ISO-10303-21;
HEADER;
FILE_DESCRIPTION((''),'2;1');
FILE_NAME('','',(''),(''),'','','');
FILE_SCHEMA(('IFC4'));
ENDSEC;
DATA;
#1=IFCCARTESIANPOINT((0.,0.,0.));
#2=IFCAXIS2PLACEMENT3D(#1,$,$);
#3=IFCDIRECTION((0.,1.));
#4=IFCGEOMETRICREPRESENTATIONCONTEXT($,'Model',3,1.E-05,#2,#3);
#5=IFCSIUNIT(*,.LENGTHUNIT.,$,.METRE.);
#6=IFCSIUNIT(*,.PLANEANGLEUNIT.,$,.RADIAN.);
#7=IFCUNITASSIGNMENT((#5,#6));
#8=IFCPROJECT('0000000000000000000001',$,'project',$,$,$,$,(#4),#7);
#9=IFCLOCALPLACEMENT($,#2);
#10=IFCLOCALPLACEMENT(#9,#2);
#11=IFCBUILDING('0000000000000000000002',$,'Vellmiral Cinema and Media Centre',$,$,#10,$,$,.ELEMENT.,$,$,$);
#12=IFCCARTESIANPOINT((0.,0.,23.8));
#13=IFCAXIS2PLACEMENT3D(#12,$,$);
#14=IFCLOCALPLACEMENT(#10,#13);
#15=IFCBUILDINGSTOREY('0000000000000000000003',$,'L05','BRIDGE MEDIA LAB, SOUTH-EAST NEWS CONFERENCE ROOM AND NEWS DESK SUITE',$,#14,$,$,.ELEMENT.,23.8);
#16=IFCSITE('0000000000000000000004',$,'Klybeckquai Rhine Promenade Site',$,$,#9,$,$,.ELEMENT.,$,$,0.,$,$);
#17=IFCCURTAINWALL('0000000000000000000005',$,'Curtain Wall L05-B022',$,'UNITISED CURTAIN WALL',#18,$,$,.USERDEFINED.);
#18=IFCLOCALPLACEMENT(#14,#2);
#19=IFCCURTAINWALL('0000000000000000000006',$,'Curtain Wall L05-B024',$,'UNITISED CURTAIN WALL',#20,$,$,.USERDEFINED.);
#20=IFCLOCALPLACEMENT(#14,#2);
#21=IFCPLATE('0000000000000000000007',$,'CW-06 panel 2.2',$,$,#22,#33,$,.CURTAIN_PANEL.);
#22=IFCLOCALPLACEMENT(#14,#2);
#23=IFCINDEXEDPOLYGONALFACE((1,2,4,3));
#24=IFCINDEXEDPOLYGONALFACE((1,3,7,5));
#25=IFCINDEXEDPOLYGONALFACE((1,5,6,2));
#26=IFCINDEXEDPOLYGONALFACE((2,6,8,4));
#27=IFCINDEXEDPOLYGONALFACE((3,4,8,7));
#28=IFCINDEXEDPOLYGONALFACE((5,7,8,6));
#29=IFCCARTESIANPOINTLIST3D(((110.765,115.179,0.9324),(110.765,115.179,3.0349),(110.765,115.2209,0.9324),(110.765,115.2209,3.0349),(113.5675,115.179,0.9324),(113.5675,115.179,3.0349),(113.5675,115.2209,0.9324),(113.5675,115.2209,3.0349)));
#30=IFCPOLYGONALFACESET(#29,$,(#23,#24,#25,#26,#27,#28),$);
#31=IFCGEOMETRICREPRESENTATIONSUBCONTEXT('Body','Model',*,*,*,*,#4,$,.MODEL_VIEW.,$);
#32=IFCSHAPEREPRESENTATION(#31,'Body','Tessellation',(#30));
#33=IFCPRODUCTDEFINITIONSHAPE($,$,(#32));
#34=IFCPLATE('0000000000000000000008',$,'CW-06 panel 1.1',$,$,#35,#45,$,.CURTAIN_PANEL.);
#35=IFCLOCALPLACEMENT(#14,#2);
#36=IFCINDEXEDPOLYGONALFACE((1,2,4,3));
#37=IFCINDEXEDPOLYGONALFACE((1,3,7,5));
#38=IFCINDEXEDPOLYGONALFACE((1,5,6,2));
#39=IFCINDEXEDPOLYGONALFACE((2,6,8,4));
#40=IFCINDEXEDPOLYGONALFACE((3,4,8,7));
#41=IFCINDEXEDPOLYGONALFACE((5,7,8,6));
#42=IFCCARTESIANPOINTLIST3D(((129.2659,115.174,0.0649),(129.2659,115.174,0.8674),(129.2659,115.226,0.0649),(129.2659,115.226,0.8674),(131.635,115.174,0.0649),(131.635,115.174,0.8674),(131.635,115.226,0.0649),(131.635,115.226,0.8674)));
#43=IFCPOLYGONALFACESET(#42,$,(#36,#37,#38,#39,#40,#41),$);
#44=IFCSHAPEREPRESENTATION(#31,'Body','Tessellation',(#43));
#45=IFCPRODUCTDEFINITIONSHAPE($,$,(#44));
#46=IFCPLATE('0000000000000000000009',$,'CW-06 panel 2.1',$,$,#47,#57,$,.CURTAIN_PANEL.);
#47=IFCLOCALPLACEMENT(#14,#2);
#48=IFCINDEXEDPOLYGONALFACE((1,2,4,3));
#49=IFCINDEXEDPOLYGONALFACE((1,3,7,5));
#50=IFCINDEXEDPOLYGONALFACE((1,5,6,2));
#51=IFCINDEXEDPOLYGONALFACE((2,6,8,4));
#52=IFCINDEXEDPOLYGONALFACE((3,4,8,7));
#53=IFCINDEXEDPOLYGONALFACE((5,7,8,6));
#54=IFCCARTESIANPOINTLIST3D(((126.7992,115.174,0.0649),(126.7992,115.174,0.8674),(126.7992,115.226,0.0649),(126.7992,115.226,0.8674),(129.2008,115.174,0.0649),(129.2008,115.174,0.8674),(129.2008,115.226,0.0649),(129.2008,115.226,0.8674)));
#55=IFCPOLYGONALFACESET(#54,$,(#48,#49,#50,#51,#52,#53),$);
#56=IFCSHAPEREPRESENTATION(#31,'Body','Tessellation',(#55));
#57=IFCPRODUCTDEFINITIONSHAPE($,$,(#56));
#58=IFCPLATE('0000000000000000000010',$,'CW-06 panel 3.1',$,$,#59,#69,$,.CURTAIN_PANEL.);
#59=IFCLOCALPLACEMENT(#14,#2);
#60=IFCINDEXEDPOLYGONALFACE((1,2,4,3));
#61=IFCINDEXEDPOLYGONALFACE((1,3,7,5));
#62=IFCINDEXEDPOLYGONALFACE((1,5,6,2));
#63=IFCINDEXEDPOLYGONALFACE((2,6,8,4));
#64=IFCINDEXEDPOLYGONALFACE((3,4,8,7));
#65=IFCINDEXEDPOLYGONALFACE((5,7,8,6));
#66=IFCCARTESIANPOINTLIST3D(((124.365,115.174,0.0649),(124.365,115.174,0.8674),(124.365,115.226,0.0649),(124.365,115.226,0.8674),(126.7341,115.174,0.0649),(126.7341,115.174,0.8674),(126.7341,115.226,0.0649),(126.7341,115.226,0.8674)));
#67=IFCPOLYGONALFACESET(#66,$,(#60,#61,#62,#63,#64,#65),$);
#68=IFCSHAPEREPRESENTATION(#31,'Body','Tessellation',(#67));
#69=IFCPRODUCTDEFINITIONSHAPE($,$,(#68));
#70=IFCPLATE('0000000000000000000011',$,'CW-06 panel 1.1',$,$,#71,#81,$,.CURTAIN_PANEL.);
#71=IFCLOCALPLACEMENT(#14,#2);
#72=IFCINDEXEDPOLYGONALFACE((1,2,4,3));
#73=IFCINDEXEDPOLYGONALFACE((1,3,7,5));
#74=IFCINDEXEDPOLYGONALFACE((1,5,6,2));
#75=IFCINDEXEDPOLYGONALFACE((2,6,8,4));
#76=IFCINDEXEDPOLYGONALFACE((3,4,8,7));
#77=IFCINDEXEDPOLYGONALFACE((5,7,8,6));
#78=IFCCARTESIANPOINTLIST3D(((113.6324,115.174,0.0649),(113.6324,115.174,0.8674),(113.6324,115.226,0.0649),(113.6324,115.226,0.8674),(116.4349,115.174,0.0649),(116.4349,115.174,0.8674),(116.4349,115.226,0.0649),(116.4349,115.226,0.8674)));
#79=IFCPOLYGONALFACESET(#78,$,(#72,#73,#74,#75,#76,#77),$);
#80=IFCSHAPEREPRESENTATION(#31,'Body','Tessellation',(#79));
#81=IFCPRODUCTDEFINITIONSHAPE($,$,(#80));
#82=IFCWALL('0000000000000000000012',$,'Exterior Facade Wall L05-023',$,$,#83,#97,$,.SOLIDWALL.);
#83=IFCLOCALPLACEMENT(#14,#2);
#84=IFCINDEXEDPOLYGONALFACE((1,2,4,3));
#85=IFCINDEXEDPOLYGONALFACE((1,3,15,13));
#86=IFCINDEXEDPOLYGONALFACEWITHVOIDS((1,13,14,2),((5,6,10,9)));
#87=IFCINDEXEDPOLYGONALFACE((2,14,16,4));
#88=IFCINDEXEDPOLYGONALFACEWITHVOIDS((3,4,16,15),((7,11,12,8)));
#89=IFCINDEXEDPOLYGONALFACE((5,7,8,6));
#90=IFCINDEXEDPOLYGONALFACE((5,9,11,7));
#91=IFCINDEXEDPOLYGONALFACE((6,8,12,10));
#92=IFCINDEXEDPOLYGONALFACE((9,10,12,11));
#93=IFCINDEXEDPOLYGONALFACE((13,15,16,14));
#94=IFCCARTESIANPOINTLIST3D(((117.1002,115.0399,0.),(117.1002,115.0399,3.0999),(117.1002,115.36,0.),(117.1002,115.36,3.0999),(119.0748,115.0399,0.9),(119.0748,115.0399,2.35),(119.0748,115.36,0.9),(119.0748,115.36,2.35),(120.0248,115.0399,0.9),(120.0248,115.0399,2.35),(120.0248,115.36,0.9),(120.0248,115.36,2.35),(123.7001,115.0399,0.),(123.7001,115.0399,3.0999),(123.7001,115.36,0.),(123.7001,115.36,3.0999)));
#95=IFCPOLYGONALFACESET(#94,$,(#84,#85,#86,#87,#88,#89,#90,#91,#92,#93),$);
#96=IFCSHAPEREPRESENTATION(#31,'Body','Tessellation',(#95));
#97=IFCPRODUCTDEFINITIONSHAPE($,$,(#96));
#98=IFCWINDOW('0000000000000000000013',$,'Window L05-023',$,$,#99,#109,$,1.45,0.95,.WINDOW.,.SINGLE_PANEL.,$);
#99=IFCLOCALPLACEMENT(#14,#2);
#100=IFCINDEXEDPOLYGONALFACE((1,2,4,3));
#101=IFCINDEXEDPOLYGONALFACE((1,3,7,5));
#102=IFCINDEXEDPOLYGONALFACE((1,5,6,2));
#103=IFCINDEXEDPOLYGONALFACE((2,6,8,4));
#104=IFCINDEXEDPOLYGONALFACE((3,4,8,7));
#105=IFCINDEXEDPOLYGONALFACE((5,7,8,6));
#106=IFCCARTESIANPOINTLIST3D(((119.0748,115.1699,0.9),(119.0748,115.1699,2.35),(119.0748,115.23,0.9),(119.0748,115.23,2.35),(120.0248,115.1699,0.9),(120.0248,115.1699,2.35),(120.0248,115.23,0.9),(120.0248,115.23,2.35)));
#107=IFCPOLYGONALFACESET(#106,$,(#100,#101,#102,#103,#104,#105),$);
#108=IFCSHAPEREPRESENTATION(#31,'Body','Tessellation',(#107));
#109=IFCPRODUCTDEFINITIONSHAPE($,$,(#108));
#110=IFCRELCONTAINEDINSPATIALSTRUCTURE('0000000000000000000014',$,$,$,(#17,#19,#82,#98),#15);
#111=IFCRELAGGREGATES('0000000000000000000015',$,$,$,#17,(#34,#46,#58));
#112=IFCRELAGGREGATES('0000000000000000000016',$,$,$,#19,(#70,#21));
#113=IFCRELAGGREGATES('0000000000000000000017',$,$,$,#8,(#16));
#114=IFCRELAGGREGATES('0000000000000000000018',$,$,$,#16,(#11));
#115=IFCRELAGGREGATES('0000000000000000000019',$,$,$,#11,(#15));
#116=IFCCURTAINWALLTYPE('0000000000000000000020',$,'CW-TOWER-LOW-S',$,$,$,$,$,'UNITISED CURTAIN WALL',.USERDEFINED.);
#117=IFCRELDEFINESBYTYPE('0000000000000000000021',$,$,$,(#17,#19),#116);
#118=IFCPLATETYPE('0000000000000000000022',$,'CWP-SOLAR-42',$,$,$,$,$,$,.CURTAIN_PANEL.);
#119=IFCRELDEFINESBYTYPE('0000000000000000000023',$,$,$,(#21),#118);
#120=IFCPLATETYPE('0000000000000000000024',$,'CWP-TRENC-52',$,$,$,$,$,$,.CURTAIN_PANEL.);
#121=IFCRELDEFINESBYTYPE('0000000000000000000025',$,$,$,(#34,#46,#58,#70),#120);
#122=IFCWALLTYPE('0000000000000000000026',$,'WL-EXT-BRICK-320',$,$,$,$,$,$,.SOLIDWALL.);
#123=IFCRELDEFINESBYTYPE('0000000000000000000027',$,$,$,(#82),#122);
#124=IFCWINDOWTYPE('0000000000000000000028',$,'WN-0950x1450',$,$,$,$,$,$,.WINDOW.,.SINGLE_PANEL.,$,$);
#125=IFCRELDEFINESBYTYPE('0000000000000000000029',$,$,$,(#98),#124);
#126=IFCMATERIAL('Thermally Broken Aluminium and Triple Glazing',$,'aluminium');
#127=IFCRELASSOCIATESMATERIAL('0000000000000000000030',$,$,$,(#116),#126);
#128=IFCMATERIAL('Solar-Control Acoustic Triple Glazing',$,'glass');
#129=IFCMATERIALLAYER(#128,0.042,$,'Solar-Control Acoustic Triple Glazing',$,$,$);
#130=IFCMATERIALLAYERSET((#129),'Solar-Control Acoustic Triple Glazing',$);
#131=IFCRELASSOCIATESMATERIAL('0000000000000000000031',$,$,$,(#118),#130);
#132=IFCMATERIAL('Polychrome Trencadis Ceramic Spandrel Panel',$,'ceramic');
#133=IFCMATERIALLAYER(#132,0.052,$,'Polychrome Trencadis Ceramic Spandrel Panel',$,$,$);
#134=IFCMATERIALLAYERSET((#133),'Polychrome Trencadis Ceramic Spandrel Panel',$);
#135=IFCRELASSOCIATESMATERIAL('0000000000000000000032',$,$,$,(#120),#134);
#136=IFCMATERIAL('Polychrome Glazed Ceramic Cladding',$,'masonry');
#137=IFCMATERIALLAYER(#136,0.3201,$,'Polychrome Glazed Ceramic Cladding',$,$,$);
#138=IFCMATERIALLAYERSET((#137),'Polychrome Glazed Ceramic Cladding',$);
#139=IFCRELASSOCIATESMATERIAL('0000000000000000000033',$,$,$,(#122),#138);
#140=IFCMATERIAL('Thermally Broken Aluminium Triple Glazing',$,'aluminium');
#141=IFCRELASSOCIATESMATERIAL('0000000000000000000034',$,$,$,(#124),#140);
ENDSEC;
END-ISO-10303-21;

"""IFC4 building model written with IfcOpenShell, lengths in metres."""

from ifc_helpers import new_model, si_unit, direction, frame, frame_2d, origin, origin_2d, place, context, subcontext, project, spatial, rectangle, extrude, material, layer, layer_set, type_object, element, fill, aggregate, save


model = new_model("IFC4")

# Units and contexts
model_context = context("Model", 3, precision=1e-05, world=origin(), true_north=direction((0.0, 1.0)))
body_context = subcontext(model_context, "Body", "Model", "MODEL_VIEW")
ifc_project = project(units=[si_unit("LENGTHUNIT", "METRE"), si_unit("PLANEANGLEUNIT", "RADIAN")], contexts=[model_context])

# Site, building, storey
site_placement = place(None, origin())
site = spatial("IfcSite", under=ifc_project, at=site_placement, Name="Klybeckquai Rhine Promenade Site", CompositionType="ELEMENT", RefElevation=0.0)
building_placement = place(site_placement, origin())
building = spatial("IfcBuilding", under=site, at=building_placement, Name="Vellmiral Cinema and Media Centre", CompositionType="ELEMENT")
storey_placement = place(building_placement, frame((0.0, 0.0, 23.8)))
storey = spatial("IfcBuildingStorey", under=building, at=storey_placement, Name="L05", Description="BRIDGE MEDIA LAB, SOUTH-EAST NEWS CONFERENCE ROOM AND NEWS DESK SUITE", CompositionType="ELEMENT", Elevation=23.8)

# Curtain walls
ifc_material_1 = material(Name="Thermally Broken Aluminium and Triple Glazing", Category="aluminium")
curtain_wall_type = type_object("IfcCurtainWallType", Name="CW-TOWER-LOW-S", ElementType="UNITISED CURTAIN WALL", PredefinedType="USERDEFINED", material=ifc_material_1)
curtain_wall_1_placement = place(storey_placement, origin())
curtain_wall_1 = element("IfcCurtainWall", 1, at=curtain_wall_1_placement, inside=storey, type_object=curtain_wall_type, Name="Curtain Wall L05-B022", ObjectType="UNITISED CURTAIN WALL", PredefinedType="USERDEFINED")
curtain_wall_2_placement = place(storey_placement, origin())
curtain_wall_2 = element("IfcCurtainWall", 2, at=curtain_wall_2_placement, inside=storey, type_object=curtain_wall_type, Name="Curtain Wall L05-B024", ObjectType="UNITISED CURTAIN WALL", PredefinedType="USERDEFINED")

# Plates
ifc_material_2 = material(Name="Solar-Control Acoustic Triple Glazing", Category="glass")
ifc_layer_1 = layer(ifc_material_2, 0.042, Name="Solar-Control Acoustic Triple Glazing")
ifc_layer_set_1 = layer_set([ifc_layer_1], Name="Solar-Control Acoustic Triple Glazing")
plate_type_1 = type_object("IfcPlateType", Name="CWP-SOLAR-42", PredefinedType="CURTAIN_PANEL", material=ifc_layer_set_1)
plate_1_placement = place(storey_placement, frame((112.1663, 115.2, 0.9324), z_axis=(0.0, 0.0, 1.0), x_axis=(-1.0, 0.0, 0.0)))
plate_1 = element("IfcPlate", 3, at=plate_1_placement, type_object=plate_type_1, Name="CW-06 panel 2.2", PredefinedType="CURTAIN_PANEL", context=body_context, shape_type="SweptSolid", body=[
    extrude(rectangle(XDim=2.8025, YDim=0.042, at=origin_2d()), origin(), (0.0, 0.0, 1.0), 2.1025),
])
ifc_material_3 = material(Name="Polychrome Trencadis Ceramic Spandrel Panel", Category="ceramic")
ifc_layer_2 = layer(ifc_material_3, 0.052, Name="Polychrome Trencadis Ceramic Spandrel Panel")
ifc_layer_set_2 = layer_set([ifc_layer_2], Name="Polychrome Trencadis Ceramic Spandrel Panel")
plate_type_2 = type_object("IfcPlateType", Name="CWP-TRENC-52", PredefinedType="CURTAIN_PANEL", material=ifc_layer_set_2)
plate_2_placement = place(storey_placement, frame((130.4504, 115.2, 0.0649), z_axis=(0.0, 0.0, 1.0), x_axis=(-1.0, 0.0, 0.0)))
plate_2 = element("IfcPlate", 4, at=plate_2_placement, type_object=plate_type_2, Name="CW-06 panel 1.1", PredefinedType="CURTAIN_PANEL", context=body_context, shape_type="SweptSolid", body=[
    extrude(rectangle(XDim=2.3691, YDim=0.052, at=origin_2d()), origin(), (0.0, 0.0, 1.0), 0.8025),
])
plate_3_placement = place(storey_placement, frame((128.0, 115.2, 0.0649), z_axis=(0.0, 0.0, 1.0), x_axis=(-1.0, 0.0, 0.0)))
plate_3 = element("IfcPlate", 5, at=plate_3_placement, type_object=plate_type_2, Name="CW-06 panel 2.1", PredefinedType="CURTAIN_PANEL", context=body_context, shape_type="SweptSolid", body=[
    extrude(rectangle(XDim=2.4016, YDim=0.052, at=origin_2d()), origin(), (0.0, 0.0, 1.0), 0.8025),
])
plate_4_placement = place(storey_placement, frame((125.5496, 115.2, 0.0649), z_axis=(0.0, 0.0, 1.0), x_axis=(-1.0, 0.0, 0.0)))
plate_4 = element("IfcPlate", 6, at=plate_4_placement, type_object=plate_type_2, Name="CW-06 panel 3.1", PredefinedType="CURTAIN_PANEL", context=body_context, shape_type="SweptSolid", body=[
    extrude(rectangle(XDim=2.3691, YDim=0.052, at=origin_2d()), origin(), (0.0, 0.0, 1.0), 0.8025),
])
aggregate(curtain_wall_1, [plate_2, plate_3, plate_4])
plate_5_placement = place(storey_placement, frame((115.0337, 115.2, 0.0649), z_axis=(0.0, 0.0, 1.0), x_axis=(-1.0, 0.0, 0.0)))
plate_5 = element("IfcPlate", 7, at=plate_5_placement, type_object=plate_type_2, Name="CW-06 panel 1.1", PredefinedType="CURTAIN_PANEL", context=body_context, shape_type="SweptSolid", body=[
    extrude(rectangle(XDim=2.8025, YDim=0.052, at=origin_2d()), origin(), (0.0, 0.0, 1.0), 0.8025),
])
aggregate(curtain_wall_2, [plate_5, plate_1])

# Wall, opening, window
ifc_material_4 = material(Name="Polychrome Glazed Ceramic Cladding", Category="masonry")
ifc_layer_3 = layer(ifc_material_4, 0.3201, Name="Polychrome Glazed Ceramic Cladding")
ifc_layer_set_3 = layer_set([ifc_layer_3], Name="Polychrome Glazed Ceramic Cladding")
wall_type = type_object("IfcWallType", Name="WL-EXT-BRICK-320", PredefinedType="SOLIDWALL", material=ifc_layer_set_3)
wall_placement = place(storey_placement, frame((123.7, 115.2, 0.0), z_axis=(0.0, 0.0, 1.0), x_axis=(-1.0, 0.0, 0.0)))
wall = element("IfcWall", 8, at=wall_placement, inside=storey, type_object=wall_type, Name="Exterior Facade Wall L05-023", PredefinedType="SOLIDWALL", context=body_context, shape_type="SweptSolid", body=[
    extrude(rectangle(XDim=6.5999, YDim=0.3201, at=frame_2d((3.2998, 0.0))), origin(), (0.0, 0.0, 1.0), 3.0999),
])
opening_placement = place(wall_placement, frame((3.675, 0.0, 0.8999)))
opening = element("IfcOpeningElement", 9, at=opening_placement, cuts=wall, PredefinedType="OPENING", context=body_context, shape_type="SweptSolid", body=[
    extrude(rectangle(XDim=0.95, YDim=1.45, at=frame_2d((0.4751, 0.7251))), frame((0.0, 0.1719, 0.0), z_axis=(0.0, -1.0, 0.0), x_axis=(1.0, 0.0, 0.0)), (0.0, 0.0, 1.0), 0.344),
])
ifc_material_5 = material(Name="Thermally Broken Aluminium Triple Glazing", Category="aluminium")
window_type = type_object("IfcWindowType", Name="WN-0950x1450", PartitioningType="SINGLE_PANEL", PredefinedType="WINDOW", material=ifc_material_5)
window_placement = place(opening_placement, origin())
window = element("IfcWindow", 10, at=window_placement, inside=storey, type_object=window_type, Name="Window L05-023", OverallHeight=1.45, OverallWidth=0.95, PartitioningType="SINGLE_PANEL", PredefinedType="WINDOW", context=body_context, shape_type="SweptSolid", body=[
    extrude(rectangle(XDim=0.95, YDim=1.45, at=frame_2d((0.4751, 0.7251))), frame((0.0, 0.03, 0.0), z_axis=(0.0, -1.0, 0.0), x_axis=(1.0, 0.0, 0.0)), (0.0, 0.0, 1.0), 0.0601),
])
fill(opening, window)

save(model, "model.ifc")
